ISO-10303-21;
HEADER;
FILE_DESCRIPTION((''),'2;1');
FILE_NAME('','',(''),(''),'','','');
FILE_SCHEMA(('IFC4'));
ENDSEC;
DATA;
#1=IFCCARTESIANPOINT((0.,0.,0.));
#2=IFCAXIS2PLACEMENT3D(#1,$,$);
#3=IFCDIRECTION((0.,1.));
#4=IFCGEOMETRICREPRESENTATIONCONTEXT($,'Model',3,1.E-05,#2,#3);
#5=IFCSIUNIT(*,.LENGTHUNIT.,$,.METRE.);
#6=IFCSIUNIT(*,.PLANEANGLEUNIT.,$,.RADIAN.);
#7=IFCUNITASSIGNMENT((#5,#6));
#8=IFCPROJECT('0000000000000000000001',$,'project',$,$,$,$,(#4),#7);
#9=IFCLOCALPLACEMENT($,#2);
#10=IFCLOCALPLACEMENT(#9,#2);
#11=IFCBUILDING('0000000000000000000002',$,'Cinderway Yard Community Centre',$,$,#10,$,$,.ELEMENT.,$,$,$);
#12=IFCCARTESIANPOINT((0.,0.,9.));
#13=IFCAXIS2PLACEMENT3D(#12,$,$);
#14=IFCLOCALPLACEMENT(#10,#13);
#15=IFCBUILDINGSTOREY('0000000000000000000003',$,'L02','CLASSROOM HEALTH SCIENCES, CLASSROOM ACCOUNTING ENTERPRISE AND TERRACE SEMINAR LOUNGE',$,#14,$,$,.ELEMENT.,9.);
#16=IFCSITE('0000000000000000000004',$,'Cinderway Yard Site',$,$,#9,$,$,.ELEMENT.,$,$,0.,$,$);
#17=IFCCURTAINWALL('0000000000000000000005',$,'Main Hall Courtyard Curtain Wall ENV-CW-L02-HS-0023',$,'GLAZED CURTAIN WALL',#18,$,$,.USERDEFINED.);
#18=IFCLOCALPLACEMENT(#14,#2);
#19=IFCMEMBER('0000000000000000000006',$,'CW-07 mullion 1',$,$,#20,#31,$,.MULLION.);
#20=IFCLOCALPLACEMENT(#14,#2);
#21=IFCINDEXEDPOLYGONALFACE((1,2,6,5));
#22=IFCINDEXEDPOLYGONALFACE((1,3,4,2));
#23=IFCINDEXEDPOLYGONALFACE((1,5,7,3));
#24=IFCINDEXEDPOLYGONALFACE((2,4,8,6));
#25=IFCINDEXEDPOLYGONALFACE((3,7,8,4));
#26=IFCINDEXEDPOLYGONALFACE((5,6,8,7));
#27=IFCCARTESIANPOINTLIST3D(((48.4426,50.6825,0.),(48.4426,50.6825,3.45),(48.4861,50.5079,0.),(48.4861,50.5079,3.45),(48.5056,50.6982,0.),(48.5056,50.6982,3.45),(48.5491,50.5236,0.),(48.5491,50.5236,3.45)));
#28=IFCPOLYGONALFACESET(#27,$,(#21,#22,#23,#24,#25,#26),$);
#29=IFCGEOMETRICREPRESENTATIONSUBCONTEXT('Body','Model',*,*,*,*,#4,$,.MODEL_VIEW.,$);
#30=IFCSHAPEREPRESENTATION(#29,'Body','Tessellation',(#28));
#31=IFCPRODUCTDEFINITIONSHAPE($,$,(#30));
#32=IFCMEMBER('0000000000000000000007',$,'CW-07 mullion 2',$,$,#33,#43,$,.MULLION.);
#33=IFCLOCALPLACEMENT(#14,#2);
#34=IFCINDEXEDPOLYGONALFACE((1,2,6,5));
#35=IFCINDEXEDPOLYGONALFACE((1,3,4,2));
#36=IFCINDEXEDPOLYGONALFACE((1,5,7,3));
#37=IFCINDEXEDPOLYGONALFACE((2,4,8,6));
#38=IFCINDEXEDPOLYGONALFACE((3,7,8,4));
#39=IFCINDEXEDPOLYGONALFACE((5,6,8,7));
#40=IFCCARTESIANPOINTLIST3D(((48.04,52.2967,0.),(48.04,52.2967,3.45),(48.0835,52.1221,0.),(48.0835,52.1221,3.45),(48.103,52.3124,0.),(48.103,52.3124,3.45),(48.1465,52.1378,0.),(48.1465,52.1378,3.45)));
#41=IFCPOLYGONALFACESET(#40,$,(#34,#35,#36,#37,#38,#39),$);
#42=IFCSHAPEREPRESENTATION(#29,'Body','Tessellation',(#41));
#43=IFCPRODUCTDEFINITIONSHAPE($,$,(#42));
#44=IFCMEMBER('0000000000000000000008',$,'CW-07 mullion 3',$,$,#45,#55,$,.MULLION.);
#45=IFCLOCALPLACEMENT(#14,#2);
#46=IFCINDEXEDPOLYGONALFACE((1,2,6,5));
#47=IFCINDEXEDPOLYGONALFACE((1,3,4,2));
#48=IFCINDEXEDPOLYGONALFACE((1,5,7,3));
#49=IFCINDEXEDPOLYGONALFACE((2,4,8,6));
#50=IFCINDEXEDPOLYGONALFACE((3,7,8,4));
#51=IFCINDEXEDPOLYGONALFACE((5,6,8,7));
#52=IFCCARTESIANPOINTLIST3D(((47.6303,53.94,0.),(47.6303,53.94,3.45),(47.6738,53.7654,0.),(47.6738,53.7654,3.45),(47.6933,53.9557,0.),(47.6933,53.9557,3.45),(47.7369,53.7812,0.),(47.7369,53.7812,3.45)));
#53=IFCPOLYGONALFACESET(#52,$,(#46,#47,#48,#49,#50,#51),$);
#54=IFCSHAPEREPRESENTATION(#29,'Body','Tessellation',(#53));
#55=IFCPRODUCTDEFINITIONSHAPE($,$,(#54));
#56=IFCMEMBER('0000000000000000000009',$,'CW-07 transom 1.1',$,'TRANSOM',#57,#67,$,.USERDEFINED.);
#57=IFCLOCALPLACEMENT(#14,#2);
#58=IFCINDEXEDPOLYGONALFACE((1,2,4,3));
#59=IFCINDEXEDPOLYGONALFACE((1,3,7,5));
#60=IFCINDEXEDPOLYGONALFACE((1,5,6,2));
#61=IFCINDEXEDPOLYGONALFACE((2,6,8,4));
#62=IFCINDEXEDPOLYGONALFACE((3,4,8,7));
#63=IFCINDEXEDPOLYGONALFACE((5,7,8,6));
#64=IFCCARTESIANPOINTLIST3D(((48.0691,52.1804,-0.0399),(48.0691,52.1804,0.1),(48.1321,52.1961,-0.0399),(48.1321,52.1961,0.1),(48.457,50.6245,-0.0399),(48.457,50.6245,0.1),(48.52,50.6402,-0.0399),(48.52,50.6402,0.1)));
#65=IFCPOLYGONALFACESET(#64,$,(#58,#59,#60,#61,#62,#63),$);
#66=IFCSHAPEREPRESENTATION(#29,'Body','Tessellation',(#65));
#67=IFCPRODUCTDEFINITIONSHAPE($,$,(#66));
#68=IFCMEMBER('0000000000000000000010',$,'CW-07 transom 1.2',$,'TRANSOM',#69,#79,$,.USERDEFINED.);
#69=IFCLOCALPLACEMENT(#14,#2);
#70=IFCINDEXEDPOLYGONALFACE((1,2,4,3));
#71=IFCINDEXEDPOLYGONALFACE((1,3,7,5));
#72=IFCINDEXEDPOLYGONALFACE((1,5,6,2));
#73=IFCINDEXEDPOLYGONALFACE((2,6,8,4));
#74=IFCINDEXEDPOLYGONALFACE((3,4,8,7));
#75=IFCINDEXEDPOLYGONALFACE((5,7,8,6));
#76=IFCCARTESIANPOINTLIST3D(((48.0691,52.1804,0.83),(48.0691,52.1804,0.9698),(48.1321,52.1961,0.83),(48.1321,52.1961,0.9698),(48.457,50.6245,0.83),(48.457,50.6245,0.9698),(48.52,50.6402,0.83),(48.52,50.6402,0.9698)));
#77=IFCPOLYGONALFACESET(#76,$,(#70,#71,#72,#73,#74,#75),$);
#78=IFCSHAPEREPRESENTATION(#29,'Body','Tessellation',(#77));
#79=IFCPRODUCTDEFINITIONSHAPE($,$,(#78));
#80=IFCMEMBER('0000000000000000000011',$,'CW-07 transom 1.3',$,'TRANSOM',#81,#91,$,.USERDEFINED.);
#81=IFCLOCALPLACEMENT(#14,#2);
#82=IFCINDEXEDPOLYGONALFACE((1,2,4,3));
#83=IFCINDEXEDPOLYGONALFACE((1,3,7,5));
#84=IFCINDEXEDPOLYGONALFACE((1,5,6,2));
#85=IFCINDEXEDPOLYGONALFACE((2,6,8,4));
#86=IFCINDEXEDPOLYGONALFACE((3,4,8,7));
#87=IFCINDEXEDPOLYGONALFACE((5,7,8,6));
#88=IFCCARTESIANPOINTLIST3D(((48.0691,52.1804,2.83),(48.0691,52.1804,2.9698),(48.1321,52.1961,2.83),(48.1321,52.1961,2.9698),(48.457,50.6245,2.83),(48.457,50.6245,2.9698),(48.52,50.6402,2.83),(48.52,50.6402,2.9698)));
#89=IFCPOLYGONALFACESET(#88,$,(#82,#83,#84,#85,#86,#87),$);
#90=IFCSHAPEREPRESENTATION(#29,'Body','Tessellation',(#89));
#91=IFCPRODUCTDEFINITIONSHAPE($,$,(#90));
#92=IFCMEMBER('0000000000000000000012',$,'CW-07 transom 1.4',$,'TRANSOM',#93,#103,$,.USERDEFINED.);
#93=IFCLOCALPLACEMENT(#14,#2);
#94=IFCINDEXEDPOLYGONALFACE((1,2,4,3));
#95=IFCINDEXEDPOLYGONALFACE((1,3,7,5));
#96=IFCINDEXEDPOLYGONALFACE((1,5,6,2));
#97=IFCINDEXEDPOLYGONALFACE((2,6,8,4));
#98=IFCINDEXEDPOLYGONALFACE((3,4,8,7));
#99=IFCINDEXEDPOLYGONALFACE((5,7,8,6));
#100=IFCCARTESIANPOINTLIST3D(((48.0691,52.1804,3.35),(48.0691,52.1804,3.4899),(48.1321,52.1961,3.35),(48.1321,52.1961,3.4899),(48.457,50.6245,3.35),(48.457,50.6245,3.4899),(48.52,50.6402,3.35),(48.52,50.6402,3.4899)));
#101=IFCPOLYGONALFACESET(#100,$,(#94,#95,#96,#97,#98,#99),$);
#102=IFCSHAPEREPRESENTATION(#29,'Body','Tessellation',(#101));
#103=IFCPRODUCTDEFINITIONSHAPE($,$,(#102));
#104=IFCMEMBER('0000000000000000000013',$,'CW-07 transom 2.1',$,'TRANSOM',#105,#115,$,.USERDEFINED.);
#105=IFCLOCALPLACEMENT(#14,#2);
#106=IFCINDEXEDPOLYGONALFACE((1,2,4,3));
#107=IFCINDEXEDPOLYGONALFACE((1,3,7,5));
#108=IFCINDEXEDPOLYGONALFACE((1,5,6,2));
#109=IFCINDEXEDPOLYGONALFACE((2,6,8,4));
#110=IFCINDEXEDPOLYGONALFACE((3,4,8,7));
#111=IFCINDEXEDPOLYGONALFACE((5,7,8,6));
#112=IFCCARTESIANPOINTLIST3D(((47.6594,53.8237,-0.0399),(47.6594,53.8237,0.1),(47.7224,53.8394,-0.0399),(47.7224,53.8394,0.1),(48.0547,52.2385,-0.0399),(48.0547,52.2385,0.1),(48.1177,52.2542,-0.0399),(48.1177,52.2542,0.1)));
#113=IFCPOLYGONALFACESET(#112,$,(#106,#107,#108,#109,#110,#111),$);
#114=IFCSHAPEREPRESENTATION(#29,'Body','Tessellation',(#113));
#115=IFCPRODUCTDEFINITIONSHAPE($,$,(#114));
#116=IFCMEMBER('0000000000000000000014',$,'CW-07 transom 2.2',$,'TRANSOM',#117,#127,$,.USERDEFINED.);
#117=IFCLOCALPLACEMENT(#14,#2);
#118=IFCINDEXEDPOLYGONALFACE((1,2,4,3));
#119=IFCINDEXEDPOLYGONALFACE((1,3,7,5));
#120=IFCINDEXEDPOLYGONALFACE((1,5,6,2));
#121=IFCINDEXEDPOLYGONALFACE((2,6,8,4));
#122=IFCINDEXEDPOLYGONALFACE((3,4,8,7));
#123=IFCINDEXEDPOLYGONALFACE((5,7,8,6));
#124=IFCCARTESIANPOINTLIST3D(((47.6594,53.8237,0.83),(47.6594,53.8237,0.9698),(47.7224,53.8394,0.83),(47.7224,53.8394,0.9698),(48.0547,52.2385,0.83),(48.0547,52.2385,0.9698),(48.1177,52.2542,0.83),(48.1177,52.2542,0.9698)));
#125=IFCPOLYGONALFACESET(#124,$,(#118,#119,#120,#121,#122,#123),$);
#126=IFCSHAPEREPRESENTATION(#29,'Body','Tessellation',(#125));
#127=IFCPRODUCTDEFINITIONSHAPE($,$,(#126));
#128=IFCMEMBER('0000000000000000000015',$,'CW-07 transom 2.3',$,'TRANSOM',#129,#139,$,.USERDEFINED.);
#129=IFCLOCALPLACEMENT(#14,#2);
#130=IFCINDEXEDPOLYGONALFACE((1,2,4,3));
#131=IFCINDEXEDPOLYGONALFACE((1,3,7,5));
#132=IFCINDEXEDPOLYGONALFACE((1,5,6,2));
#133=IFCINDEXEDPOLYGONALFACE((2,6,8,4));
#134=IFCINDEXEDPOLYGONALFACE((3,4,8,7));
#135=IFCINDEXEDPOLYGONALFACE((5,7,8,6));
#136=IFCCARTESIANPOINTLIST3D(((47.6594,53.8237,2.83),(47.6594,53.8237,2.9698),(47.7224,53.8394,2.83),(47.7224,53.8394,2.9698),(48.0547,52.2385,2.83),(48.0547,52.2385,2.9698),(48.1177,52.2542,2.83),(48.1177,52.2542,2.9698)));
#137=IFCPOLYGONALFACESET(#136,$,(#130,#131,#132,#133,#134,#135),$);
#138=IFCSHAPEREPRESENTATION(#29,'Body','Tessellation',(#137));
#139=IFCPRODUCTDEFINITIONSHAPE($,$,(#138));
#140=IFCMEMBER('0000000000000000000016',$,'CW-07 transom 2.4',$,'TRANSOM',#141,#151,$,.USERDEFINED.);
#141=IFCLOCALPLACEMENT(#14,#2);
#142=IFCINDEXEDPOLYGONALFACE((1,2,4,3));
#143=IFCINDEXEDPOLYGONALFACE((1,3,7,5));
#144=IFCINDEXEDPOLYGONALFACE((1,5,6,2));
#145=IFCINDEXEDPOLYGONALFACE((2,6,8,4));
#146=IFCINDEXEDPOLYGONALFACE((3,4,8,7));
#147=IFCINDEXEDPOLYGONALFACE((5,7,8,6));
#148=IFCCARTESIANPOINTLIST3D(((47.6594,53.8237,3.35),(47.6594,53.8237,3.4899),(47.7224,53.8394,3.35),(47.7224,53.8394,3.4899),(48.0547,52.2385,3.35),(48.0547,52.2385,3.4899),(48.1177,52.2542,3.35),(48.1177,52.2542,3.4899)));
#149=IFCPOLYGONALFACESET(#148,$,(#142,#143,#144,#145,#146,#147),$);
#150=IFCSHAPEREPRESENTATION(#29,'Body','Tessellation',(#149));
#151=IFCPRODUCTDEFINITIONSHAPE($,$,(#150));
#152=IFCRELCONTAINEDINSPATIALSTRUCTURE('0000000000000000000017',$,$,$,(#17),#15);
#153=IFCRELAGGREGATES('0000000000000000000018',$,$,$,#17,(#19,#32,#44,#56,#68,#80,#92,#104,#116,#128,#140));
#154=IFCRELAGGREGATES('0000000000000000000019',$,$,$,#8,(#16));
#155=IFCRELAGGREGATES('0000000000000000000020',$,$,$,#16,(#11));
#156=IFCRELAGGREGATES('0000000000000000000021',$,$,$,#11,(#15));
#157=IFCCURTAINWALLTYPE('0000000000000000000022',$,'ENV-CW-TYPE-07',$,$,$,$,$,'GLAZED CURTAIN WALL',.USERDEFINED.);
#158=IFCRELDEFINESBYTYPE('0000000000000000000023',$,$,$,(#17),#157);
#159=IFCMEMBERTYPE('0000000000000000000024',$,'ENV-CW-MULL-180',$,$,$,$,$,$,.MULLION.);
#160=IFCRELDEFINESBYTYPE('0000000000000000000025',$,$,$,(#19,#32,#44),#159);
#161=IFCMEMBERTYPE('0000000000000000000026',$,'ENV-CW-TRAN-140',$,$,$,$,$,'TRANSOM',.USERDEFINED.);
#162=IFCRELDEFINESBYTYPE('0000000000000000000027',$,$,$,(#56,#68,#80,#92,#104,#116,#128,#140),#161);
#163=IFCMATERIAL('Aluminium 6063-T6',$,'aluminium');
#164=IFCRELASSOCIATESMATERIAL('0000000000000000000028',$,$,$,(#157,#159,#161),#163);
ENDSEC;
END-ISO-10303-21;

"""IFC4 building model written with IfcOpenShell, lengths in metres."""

from ifc_helpers import new_model, si_unit, direction, frame, origin, origin_2d, place, context, subcontext, project, spatial, rectangle, extrude, material, material_profile, profile_set, type_object, element, aggregate, save


model = new_model("IFC4")

# Units and contexts
model_context = context("Model", 3, precision=1e-05, world=origin(), true_north=direction((0.0, 1.0)))
body_context = subcontext(model_context, "Body", "Model", "MODEL_VIEW")
ifc_project = project(units=[si_unit("LENGTHUNIT", "METRE"), si_unit("PLANEANGLEUNIT", "RADIAN")], contexts=[model_context])

# Site, building, storey
site_placement = place(None, origin())
site = spatial("IfcSite", under=ifc_project, at=site_placement, Name="Cinderway Yard Site", CompositionType="ELEMENT", RefElevation=0.0)
building_placement = place(site_placement, origin())
building = spatial("IfcBuilding", under=site, at=building_placement, Name="Cinderway Yard Community Centre", CompositionType="ELEMENT")
storey_placement = place(building_placement, frame((0.0, 0.0, 9.0)))
storey = spatial("IfcBuildingStorey", under=building, at=storey_placement, Name="L02", Description="CLASSROOM HEALTH SCIENCES, CLASSROOM ACCOUNTING ENTERPRISE AND TERRACE SEMINAR LOUNGE", CompositionType="ELEMENT", Elevation=9.0)

# Curtain wall, members
ifc_material_1 = material(Name="Aluminium 6063-T6", Category="aluminium")
curtain_wall_type = type_object("IfcCurtainWallType", Name="ENV-CW-TYPE-07", ElementType="GLAZED CURTAIN WALL", PredefinedType="USERDEFINED", material=ifc_material_1)
curtain_wall_placement = place(storey_placement, origin())
curtain_wall = element("IfcCurtainWall", 1, at=curtain_wall_placement, inside=storey, type_object=curtain_wall_type, Name="Main Hall Courtyard Curtain Wall ENV-CW-L02-HS-0023", ObjectType="GLAZED CURTAIN WALL", PredefinedType="USERDEFINED")
ifc_material_profile_1 = material_profile(ifc_material_1, rectangle(XDim=0.0649, YDim=0.1799, at=origin_2d()), Name="Aluminium 6063-T6")
ifc_profile_set_1 = profile_set([ifc_material_profile_1], Name="Aluminium 6063-T6")
member_type_1 = type_object("IfcMemberType", Name="ENV-CW-MULL-180", PredefinedType="MULLION", material=ifc_profile_set_1)
member_1_placement = place(storey_placement, frame((48.4958, 50.603, 0.0), z_axis=(0.0, 0.0, 1.0), x_axis=(-0.970304, -0.241887, 0.0)))
member_1 = element("IfcMember", 2, at=member_1_placement, type_object=member_type_1, Name="CW-07 mullion 1", PredefinedType="MULLION", context=body_context, shape_type="SweptSolid", body=[
    extrude(rectangle(XDim=0.0649, YDim=0.1799, at=origin_2d()), origin(), (0.0, 0.0, 1.0), 3.45),
])
member_2_placement = place(storey_placement, frame((48.0933, 52.2173, 0.0), z_axis=(0.0, 0.0, 1.0), x_axis=(-0.970304, -0.241887, 0.0)))
member_2 = element("IfcMember", 3, at=member_2_placement, type_object=member_type_1, Name="CW-07 mullion 2", PredefinedType="MULLION", context=body_context, shape_type="SweptSolid", body=[
    extrude(rectangle(XDim=0.0649, YDim=0.1799, at=origin_2d()), origin(), (0.0, 0.0, 1.0), 3.45),
])
member_3_placement = place(storey_placement, frame((47.6836, 53.8606, 0.0), z_axis=(0.0, 0.0, 1.0), x_axis=(-0.970304, -0.241887, 0.0)))
member_3 = element("IfcMember", 4, at=member_3_placement, type_object=member_type_1, Name="CW-07 mullion 3", PredefinedType="MULLION", context=body_context, shape_type="SweptSolid", body=[
    extrude(rectangle(XDim=0.0649, YDim=0.1799, at=origin_2d()), origin(), (0.0, 0.0, 1.0), 3.45),
])
ifc_material_profile_2 = material_profile(ifc_material_1, rectangle(XDim=0.0649, YDim=0.1399, at=origin_2d()), Name="Aluminium 6063-T6")
ifc_profile_set_2 = profile_set([ifc_material_profile_2], Name="Aluminium 6063-T6")
member_type_2 = type_object("IfcMemberType", Name="ENV-CW-TRAN-140", ElementType="TRANSOM", PredefinedType="USERDEFINED", material=ifc_profile_set_2)
member_4_placement = place(storey_placement, frame((48.4885, 50.6323, 0.03), z_axis=(-0.241927, 0.970295, 0.0), x_axis=(-0.970295, -0.241927, 0.0)))
member_4 = element("IfcMember", 5, at=member_4_placement, type_object=member_type_2, Name="CW-07 transom 1.1", ObjectType="TRANSOM", PredefinedType="USERDEFINED", context=body_context, shape_type="SweptSolid", body=[
    extrude(rectangle(XDim=0.0649, YDim=0.1399, at=origin_2d()), origin(), (0.0, 0.0, 1.0), 1.6035),
])
member_5_placement = place(storey_placement, frame((48.4885, 50.6323, 0.8999), z_axis=(-0.241927, 0.970295, 0.0), x_axis=(-0.970295, -0.241927, 0.0)))
member_5 = element("IfcMember", 6, at=member_5_placement, type_object=member_type_2, Name="CW-07 transom 1.2", ObjectType="TRANSOM", PredefinedType="USERDEFINED", context=body_context, shape_type="SweptSolid", body=[
    extrude(rectangle(XDim=0.0649, YDim=0.1399, at=origin_2d()), origin(), (0.0, 0.0, 1.0), 1.6035),
])
member_6_placement = place(storey_placement, frame((48.4885, 50.6323, 2.8999), z_axis=(-0.241927, 0.970295, 0.0), x_axis=(-0.970295, -0.241927, 0.0)))
member_6 = element("IfcMember", 7, at=member_6_placement, type_object=member_type_2, Name="CW-07 transom 1.3", ObjectType="TRANSOM", PredefinedType="USERDEFINED", context=body_context, shape_type="SweptSolid", body=[
    extrude(rectangle(XDim=0.0649, YDim=0.1399, at=origin_2d()), origin(), (0.0, 0.0, 1.0), 1.6035),
])
member_7_placement = place(storey_placement, frame((48.4885, 50.6323, 3.4199), z_axis=(-0.241927, 0.970295, 0.0), x_axis=(-0.970295, -0.241927, 0.0)))
member_7 = element("IfcMember", 8, at=member_7_placement, type_object=member_type_2, Name="CW-07 transom 1.4", ObjectType="TRANSOM", PredefinedType="USERDEFINED", context=body_context, shape_type="SweptSolid", body=[
    extrude(rectangle(XDim=0.0649, YDim=0.1399, at=origin_2d()), origin(), (0.0, 0.0, 1.0), 1.6035),
])
member_8_placement = place(storey_placement, frame((48.0862, 52.2463, 0.03), z_axis=(-0.241938, 0.970292, 0.0), x_axis=(-0.970292, -0.241938, 0.0)))
member_8 = element("IfcMember", 9, at=member_8_placement, type_object=member_type_2, Name="CW-07 transom 2.1", ObjectType="TRANSOM", PredefinedType="USERDEFINED", context=body_context, shape_type="SweptSolid", body=[
    extrude(rectangle(XDim=0.0649, YDim=0.1399, at=origin_2d()), origin(), (0.0, 0.0, 1.0), 1.6338),
])
member_9_placement = place(storey_placement, frame((48.0862, 52.2463, 0.8999), z_axis=(-0.241938, 0.970292, 0.0), x_axis=(-0.970292, -0.241938, 0.0)))
member_9 = element("IfcMember", 10, at=member_9_placement, type_object=member_type_2, Name="CW-07 transom 2.2", ObjectType="TRANSOM", PredefinedType="USERDEFINED", context=body_context, shape_type="SweptSolid", body=[
    extrude(rectangle(XDim=0.0649, YDim=0.1399, at=origin_2d()), origin(), (0.0, 0.0, 1.0), 1.6338),
])
member_10_placement = place(storey_placement, frame((48.0862, 52.2463, 2.8999), z_axis=(-0.241938, 0.970292, 0.0), x_axis=(-0.970292, -0.241938, 0.0)))
member_10 = element("IfcMember", 11, at=member_10_placement, type_object=member_type_2, Name="CW-07 transom 2.3", ObjectType="TRANSOM", PredefinedType="USERDEFINED", context=body_context, shape_type="SweptSolid", body=[
    extrude(rectangle(XDim=0.0649, YDim=0.1399, at=origin_2d()), origin(), (0.0, 0.0, 1.0), 1.6338),
])
member_11_placement = place(storey_placement, frame((48.0862, 52.2463, 3.4199), z_axis=(-0.241938, 0.970292, 0.0), x_axis=(-0.970292, -0.241938, 0.0)))
member_11 = element("IfcMember", 12, at=member_11_placement, type_object=member_type_2, Name="CW-07 transom 2.4", ObjectType="TRANSOM", PredefinedType="USERDEFINED", context=body_context, shape_type="SweptSolid", body=[
    extrude(rectangle(XDim=0.0649, YDim=0.1399, at=origin_2d()), origin(), (0.0, 0.0, 1.0), 1.6338),
])

aggregate(curtain_wall, [member_1, member_2, member_3, member_4, member_5, member_6, member_7, member_8, member_9, member_10, member_11])

save(model, "model.ifc")
